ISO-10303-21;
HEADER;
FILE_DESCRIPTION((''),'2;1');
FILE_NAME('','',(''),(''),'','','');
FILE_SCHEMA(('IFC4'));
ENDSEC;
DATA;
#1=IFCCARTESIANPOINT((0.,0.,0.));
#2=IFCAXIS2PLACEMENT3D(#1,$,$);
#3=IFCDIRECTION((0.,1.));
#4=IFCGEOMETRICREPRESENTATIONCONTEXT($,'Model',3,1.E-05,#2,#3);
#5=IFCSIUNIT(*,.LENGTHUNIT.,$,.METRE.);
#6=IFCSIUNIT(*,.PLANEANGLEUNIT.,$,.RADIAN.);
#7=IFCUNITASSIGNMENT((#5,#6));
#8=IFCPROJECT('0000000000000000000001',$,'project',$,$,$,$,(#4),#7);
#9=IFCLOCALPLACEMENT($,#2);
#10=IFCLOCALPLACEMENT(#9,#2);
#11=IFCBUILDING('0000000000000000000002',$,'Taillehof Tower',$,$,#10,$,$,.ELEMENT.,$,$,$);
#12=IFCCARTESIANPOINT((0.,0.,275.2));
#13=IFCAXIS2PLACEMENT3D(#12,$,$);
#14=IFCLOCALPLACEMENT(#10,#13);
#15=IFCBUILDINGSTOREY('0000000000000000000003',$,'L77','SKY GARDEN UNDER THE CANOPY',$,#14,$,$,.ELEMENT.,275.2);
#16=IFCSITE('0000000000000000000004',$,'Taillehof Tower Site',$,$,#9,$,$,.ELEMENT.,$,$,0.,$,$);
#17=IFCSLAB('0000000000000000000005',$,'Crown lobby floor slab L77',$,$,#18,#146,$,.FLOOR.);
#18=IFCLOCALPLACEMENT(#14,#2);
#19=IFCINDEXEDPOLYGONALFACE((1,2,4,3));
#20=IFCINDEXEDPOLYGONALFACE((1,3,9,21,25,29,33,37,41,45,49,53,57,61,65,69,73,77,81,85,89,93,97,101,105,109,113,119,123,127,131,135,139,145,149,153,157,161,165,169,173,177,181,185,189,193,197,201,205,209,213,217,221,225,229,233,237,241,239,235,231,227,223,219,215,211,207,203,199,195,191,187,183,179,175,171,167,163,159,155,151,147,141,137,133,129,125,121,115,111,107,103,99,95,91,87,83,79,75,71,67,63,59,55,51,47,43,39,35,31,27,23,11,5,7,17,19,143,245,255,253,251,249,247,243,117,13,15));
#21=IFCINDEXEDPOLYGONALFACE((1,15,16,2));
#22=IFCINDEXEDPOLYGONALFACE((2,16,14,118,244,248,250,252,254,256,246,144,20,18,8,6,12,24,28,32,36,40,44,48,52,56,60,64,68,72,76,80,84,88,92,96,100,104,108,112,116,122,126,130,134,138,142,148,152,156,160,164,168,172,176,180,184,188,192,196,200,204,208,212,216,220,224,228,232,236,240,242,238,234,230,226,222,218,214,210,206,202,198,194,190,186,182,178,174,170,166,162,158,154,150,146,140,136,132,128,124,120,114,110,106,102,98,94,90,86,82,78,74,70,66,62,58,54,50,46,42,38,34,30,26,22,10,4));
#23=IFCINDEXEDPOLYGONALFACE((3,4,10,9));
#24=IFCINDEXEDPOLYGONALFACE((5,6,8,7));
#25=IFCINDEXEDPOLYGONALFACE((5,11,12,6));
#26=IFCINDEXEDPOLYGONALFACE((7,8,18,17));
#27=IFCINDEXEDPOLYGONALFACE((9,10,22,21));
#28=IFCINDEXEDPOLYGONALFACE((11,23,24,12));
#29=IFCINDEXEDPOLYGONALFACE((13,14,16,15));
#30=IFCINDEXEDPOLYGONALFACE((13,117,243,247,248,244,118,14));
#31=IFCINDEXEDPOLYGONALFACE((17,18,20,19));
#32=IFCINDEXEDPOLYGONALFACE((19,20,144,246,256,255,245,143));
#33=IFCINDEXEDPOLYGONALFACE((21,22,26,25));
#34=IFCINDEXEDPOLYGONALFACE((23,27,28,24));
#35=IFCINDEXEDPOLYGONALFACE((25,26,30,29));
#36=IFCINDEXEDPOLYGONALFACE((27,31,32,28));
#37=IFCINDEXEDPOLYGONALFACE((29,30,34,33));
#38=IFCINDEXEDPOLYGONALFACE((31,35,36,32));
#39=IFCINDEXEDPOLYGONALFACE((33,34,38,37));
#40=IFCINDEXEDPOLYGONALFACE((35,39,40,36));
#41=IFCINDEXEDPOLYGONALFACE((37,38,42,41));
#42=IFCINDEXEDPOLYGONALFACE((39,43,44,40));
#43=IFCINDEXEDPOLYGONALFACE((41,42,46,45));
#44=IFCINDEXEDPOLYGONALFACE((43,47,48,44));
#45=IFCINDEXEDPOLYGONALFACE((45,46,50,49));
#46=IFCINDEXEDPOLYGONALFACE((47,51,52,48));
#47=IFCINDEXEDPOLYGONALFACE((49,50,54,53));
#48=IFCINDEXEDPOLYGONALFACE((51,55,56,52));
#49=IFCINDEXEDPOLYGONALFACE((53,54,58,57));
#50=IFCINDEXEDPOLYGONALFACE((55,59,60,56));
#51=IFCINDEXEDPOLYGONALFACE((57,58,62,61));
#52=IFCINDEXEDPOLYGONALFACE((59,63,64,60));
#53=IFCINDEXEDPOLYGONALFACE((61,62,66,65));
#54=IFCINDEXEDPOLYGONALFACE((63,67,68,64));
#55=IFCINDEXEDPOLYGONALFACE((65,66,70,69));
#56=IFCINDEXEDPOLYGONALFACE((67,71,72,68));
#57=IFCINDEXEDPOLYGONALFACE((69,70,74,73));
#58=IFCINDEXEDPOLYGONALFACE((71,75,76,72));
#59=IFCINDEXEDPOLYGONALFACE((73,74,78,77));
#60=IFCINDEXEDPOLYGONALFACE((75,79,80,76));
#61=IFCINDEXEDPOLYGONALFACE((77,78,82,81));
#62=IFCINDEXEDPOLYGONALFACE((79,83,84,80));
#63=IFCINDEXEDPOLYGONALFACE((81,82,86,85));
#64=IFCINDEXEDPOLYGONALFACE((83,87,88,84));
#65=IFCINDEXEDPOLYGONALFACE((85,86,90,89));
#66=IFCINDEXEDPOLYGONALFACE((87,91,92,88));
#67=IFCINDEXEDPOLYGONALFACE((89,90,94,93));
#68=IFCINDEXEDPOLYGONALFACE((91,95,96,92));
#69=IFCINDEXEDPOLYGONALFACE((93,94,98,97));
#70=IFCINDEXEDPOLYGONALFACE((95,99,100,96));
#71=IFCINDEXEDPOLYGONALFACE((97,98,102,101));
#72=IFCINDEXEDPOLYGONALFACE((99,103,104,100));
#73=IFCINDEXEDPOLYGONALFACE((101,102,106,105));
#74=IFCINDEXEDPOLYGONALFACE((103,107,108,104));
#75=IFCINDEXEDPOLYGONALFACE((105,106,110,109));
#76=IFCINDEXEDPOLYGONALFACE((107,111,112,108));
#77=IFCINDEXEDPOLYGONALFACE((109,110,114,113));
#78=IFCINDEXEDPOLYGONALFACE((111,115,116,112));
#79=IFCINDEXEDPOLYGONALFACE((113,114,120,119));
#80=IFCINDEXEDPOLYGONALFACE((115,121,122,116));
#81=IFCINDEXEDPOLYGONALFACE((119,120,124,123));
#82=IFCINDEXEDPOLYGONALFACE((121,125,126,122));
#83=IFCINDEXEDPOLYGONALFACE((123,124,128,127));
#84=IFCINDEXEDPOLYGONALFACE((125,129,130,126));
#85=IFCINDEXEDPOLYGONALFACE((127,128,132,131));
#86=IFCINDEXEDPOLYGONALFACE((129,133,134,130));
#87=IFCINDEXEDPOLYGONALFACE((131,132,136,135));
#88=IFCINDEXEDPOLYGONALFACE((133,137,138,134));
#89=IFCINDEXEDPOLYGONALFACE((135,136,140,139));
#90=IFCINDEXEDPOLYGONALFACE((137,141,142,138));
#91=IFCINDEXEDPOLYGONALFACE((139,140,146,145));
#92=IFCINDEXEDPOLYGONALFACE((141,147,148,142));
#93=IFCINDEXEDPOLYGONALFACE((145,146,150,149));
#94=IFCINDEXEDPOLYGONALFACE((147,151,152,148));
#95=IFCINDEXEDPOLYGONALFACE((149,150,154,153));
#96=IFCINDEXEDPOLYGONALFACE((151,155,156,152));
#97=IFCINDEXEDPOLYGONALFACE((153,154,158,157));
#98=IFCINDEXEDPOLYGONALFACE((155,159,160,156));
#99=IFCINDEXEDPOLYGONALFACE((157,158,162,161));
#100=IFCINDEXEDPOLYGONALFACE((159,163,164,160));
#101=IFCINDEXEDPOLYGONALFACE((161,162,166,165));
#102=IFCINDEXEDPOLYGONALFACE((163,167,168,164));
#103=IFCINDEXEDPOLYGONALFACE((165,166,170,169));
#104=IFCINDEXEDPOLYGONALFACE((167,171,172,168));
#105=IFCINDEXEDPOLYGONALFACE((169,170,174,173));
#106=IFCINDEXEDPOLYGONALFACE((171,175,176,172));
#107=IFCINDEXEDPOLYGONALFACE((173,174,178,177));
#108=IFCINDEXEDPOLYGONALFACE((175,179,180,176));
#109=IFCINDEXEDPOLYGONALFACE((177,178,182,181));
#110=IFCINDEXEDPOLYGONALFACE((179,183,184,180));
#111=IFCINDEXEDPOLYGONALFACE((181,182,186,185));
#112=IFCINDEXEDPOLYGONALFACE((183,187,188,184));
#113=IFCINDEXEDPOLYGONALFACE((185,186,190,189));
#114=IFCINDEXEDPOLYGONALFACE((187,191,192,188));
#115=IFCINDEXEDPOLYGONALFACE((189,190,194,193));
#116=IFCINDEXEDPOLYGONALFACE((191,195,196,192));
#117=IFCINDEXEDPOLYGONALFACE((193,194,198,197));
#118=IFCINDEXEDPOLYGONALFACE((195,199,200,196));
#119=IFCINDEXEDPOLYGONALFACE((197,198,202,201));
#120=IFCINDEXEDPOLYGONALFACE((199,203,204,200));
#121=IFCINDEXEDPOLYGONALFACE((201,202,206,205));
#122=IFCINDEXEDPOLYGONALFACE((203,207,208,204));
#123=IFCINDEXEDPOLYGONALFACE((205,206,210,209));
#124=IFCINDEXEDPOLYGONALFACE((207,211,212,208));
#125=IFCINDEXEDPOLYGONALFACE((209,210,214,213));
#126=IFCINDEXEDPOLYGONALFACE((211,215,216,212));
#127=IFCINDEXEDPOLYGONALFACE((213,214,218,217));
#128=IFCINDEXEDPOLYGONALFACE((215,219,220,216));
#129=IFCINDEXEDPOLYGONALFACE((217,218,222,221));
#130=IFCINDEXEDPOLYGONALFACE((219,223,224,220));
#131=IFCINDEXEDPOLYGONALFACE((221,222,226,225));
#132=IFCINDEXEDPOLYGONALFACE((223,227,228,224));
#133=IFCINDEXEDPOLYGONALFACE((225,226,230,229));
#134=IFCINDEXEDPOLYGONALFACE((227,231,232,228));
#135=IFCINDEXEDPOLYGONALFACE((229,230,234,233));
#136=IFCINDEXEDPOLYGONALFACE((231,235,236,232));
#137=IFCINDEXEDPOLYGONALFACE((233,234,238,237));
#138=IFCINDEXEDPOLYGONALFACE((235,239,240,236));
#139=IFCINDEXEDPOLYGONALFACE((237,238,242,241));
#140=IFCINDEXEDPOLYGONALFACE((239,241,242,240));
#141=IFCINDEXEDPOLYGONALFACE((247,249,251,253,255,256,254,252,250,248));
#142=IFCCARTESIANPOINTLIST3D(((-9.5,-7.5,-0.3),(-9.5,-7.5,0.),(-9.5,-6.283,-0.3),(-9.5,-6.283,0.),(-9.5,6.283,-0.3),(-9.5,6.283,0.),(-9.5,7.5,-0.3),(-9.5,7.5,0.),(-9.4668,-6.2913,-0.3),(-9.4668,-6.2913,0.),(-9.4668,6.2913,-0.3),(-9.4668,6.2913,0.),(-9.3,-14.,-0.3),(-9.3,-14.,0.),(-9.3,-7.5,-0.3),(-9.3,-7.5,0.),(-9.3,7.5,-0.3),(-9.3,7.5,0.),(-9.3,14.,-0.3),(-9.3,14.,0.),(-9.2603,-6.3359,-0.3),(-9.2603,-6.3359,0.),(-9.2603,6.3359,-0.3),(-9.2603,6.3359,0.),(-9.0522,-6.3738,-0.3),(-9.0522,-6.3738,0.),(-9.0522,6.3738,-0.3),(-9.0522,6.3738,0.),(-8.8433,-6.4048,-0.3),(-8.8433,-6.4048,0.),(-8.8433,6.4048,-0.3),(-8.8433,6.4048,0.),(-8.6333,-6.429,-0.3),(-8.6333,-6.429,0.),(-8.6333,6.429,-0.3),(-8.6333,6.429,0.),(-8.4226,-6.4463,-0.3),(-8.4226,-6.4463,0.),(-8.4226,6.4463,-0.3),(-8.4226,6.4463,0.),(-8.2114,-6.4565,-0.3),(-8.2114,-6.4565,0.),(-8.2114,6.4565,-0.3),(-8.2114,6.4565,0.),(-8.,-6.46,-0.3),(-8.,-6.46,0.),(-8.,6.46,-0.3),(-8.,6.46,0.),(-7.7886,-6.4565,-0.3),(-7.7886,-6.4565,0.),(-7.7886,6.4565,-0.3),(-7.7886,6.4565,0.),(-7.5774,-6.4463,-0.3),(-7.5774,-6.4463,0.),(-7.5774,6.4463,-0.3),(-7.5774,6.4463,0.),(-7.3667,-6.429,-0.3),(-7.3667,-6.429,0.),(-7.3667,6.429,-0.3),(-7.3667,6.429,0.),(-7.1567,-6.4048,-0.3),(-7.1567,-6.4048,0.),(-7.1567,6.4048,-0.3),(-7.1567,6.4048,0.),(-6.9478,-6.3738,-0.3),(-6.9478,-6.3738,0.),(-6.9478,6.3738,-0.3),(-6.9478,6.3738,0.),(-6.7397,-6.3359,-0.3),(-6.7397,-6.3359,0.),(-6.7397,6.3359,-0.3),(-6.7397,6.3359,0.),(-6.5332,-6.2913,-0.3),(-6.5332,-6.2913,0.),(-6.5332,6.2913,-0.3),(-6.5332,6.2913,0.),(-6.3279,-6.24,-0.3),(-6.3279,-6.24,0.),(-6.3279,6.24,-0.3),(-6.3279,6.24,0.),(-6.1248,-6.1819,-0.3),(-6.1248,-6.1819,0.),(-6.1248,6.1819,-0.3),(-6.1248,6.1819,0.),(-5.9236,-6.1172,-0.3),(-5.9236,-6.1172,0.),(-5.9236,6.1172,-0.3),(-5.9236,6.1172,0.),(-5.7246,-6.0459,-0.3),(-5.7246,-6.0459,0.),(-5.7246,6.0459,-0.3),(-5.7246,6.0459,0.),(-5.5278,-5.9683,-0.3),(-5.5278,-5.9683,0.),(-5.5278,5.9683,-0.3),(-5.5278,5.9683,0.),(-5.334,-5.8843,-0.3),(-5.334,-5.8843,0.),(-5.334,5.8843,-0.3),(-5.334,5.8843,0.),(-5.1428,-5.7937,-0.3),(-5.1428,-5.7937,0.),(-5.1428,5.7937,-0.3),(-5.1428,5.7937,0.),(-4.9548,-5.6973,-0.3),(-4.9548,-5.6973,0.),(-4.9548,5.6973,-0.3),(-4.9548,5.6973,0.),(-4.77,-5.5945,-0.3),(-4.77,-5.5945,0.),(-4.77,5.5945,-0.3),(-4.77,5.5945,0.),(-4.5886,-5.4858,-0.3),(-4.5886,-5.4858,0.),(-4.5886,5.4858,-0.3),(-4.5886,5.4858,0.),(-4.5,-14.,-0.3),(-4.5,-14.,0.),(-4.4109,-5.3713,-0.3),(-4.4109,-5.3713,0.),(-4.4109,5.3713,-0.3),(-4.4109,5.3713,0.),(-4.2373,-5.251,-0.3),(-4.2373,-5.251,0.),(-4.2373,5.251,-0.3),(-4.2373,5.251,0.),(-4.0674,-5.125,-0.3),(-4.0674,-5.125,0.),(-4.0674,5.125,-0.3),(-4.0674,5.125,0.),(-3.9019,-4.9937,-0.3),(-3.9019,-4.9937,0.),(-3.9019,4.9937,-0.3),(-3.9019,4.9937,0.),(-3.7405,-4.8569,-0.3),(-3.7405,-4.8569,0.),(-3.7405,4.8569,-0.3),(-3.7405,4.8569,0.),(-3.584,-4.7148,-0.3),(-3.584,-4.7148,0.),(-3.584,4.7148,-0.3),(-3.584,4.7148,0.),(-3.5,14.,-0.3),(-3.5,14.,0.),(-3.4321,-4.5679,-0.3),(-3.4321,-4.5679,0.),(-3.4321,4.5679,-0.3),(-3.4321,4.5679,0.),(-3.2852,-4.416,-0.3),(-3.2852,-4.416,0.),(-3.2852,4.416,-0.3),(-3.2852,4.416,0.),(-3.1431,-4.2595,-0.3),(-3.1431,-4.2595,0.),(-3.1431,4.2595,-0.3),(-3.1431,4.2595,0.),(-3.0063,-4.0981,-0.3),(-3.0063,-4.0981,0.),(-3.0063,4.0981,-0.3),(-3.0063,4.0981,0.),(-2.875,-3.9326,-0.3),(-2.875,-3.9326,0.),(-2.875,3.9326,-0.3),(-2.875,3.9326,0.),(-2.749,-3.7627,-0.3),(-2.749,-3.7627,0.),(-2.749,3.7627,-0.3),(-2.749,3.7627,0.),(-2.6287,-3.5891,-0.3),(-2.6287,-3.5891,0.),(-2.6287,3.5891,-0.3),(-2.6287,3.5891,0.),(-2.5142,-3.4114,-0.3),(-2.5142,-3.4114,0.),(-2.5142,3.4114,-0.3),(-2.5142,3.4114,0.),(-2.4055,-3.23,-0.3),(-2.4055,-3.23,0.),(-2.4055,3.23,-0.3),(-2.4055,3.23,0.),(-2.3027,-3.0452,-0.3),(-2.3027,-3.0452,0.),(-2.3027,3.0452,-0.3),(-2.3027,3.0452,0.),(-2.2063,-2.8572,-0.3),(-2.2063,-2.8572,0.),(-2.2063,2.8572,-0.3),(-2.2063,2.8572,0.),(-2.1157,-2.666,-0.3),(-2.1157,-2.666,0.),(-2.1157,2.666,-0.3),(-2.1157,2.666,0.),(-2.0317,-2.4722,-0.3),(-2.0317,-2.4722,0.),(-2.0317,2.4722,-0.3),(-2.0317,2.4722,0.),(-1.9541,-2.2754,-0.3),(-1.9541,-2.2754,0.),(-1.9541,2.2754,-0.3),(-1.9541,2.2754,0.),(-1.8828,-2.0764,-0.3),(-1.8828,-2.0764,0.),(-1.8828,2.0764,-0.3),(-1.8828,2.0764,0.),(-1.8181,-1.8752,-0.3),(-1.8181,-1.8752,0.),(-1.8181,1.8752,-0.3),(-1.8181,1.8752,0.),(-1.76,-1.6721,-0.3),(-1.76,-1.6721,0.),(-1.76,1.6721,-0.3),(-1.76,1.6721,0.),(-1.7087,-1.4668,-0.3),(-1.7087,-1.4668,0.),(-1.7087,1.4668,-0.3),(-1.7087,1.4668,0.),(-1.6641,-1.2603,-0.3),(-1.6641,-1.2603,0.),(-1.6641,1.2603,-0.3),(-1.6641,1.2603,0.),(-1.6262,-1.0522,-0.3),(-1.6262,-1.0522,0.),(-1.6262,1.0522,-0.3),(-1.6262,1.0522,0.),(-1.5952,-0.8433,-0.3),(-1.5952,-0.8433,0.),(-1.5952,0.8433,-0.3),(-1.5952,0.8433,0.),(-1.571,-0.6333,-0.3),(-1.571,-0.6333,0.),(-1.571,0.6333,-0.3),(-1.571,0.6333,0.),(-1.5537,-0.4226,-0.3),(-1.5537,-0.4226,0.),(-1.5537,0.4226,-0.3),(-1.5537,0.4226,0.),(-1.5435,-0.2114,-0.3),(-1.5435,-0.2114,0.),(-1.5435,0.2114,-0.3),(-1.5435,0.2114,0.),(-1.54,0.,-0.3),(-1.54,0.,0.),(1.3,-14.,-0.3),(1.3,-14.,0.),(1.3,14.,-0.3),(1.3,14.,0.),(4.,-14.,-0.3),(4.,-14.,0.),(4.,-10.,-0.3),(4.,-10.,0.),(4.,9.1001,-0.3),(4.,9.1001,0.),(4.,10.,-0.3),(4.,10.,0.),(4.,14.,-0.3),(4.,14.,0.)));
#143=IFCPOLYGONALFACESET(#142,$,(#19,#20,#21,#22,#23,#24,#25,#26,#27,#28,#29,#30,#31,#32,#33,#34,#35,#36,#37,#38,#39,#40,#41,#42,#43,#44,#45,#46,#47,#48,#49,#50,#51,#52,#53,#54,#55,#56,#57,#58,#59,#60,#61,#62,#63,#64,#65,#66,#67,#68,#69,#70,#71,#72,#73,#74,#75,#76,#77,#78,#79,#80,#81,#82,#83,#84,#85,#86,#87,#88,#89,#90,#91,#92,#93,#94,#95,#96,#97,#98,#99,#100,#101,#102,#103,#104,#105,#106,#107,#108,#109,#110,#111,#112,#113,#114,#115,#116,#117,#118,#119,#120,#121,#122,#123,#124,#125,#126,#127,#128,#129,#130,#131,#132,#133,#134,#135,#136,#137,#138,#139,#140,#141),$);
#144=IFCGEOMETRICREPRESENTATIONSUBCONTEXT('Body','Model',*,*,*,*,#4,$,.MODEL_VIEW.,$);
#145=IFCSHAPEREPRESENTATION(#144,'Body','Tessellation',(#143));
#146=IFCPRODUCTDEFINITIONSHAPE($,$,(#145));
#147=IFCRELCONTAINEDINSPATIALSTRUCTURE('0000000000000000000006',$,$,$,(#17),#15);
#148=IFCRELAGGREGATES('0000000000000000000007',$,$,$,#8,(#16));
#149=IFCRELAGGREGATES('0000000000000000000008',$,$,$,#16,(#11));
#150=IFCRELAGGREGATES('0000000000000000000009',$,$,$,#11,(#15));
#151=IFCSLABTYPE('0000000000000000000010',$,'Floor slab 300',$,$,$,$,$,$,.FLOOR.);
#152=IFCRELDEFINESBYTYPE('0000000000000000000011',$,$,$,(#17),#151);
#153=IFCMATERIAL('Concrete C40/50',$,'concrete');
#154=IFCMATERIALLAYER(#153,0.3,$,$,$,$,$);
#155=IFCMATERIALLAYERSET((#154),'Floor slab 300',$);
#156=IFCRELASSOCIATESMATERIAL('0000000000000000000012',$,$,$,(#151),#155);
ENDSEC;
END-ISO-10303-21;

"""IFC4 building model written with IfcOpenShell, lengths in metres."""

from ifc_helpers import new_model, si_unit, direction, frame, origin, place, context, subcontext, project, spatial, polyline, outline, extrude, material, layer, layer_set, type_object, element, save


model = new_model("IFC4")

# Units and contexts
model_context = context("Model", 3, precision=1e-05, world=origin(), true_north=direction((0.0, 1.0)))
body_context = subcontext(model_context, "Body", "Model", "MODEL_VIEW")
ifc_project = project(units=[si_unit("LENGTHUNIT", "METRE"), si_unit("PLANEANGLEUNIT", "RADIAN")], contexts=[model_context])

# Site, building, storey
site_placement = place(None, origin())
site = spatial("IfcSite", under=ifc_project, at=site_placement, Name="Taillehof Tower Site", CompositionType="ELEMENT", RefElevation=0.0)
building_placement = place(site_placement, origin())
building = spatial("IfcBuilding", under=site, at=building_placement, Name="Taillehof Tower", CompositionType="ELEMENT")
storey_placement = place(building_placement, frame((0.0, 0.0, 275.2)))
storey = spatial("IfcBuildingStorey", under=building, at=storey_placement, Name="L77", Description="SKY GARDEN UNDER THE CANOPY", CompositionType="ELEMENT", Elevation=275.2)

# Slab
ifc_material_1 = material(Name="Concrete C40/50", Category="concrete")
ifc_layer_1 = layer(ifc_material_1, 0.3)
ifc_layer_set_1 = layer_set([ifc_layer_1], Name="Floor slab 300")
slab_type_1 = type_object("IfcSlabType", Name="Floor slab 300", PredefinedType="FLOOR", material=ifc_layer_set_1)
slab_1_placement = place(storey_placement, frame((0.0, 0.0, -0.3)))
element("IfcSlab", 1, at=slab_1_placement, inside=storey, type_object=slab_type_1, Name="Crown lobby floor slab L77", PredefinedType="FLOOR", context=body_context, shape_type="SweptSolid", body=[
    extrude(outline(polyline([(-9.3, -14.0), (-9.3, -7.5), (-9.5, -7.5), (-9.5, -6.283), (-9.4668, -6.2913), (-9.2603, -6.3359), (-9.0522, -6.3738), (-8.8433, -6.4048), (-8.6333, -6.429), (-8.4226, -6.4463), (-8.2114, -6.4565), (-8.0, -6.46), (-7.7886, -6.4565), (-7.5774, -6.4463), (-7.3667, -6.429), (-7.1567, -6.4048), (-6.9478, -6.3738), (-6.7397, -6.3359), (-6.5332, -6.2913), (-6.3279, -6.24), (-6.1248, -6.1819), (-5.9236, -6.1172), (-5.7246, -6.0459), (-5.5278, -5.9683), (-5.334, -5.8843), (-5.1428, -5.7937), (-4.9548, -5.6973), (-4.77, -5.5945), (-4.5886, -5.4858), (-4.4109, -5.3713), (-4.2373, -5.251), (-4.0674, -5.125), (-3.9019, -4.9937), (-3.7405, -4.8569), (-3.584, -4.7148), (-3.4321, -4.5679), (-3.2852, -4.416), (-3.1431, -4.2595), (-3.0063, -4.0981), (-2.875, -3.9326), (-2.749, -3.7627), (-2.6287, -3.5891), (-2.5142, -3.4114), (-2.4055, -3.23), (-2.3027, -3.0452), (-2.2063, -2.8572), (-2.1157, -2.666), (-2.0317, -2.4722), (-1.9541, -2.2754), (-1.8828, -2.0764), (-1.8181, -1.8752), (-1.76, -1.6721), (-1.7087, -1.4668), (-1.6641, -1.2603), (-1.6262, -1.0522), (-1.5952, -0.8433), (-1.571, -0.6333), (-1.5537, -0.4226), (-1.5435, -0.2114), (-1.54, 0.0), (-1.5435, 0.2114), (-1.5537, 0.4226), (-1.571, 0.6333), (-1.5952, 0.8433), (-1.6262, 1.0522), (-1.6641, 1.2603), (-1.7087, 1.4668), (-1.76, 1.6721), (-1.8181, 1.8752), (-1.8828, 2.0764), (-1.9541, 2.2754), (-2.0317, 2.4722), (-2.1157, 2.666), (-2.2063, 2.8572), (-2.3027, 3.0452), (-2.4055, 3.23), (-2.5142, 3.4114), (-2.6287, 3.5891), (-2.749, 3.7627), (-2.875, 3.9326), (-3.0063, 4.0981), (-3.1431, 4.2595), (-3.2852, 4.416), (-3.4321, 4.5679), (-3.584, 4.7148), (-3.7405, 4.8569), (-3.9019, 4.9937), (-4.0674, 5.125), (-4.2373, 5.251), (-4.4109, 5.3713), (-4.5886, 5.4858), (-4.77, 5.5945), (-4.9548, 5.6973), (-5.1428, 5.7937), (-5.334, 5.8843), (-5.5278, 5.9683), (-5.7246, 6.0459), (-5.9236, 6.1172), (-6.1248, 6.1819), (-6.3279, 6.24), (-6.5332, 6.2913), (-6.7397, 6.3359), (-6.9478, 6.3738), (-7.1567, 6.4048), (-7.3667, 6.429), (-7.5774, 6.4463), (-7.7886, 6.4565), (-8.0, 6.46), (-8.2114, 6.4565), (-8.4226, 6.4463), (-8.6333, 6.429), (-8.8433, 6.4048), (-9.0522, 6.3738), (-9.2603, 6.3359), (-9.4668, 6.2913), (-9.5, 6.283), (-9.5, 7.5), (-9.3, 7.5), (-9.3, 14.0), (-3.5, 14.0), (1.3, 14.0), (4.0, 14.0), (4.0, 10.0), (4.0, 9.1001), (4.0, -10.0), (4.0, -14.0), (1.3, -14.0), (-4.5, -14.0), (-9.3, -14.0)])), origin(), (0.0, 0.0, 1.0), 0.3),
])

save(model, "model.ifc")
